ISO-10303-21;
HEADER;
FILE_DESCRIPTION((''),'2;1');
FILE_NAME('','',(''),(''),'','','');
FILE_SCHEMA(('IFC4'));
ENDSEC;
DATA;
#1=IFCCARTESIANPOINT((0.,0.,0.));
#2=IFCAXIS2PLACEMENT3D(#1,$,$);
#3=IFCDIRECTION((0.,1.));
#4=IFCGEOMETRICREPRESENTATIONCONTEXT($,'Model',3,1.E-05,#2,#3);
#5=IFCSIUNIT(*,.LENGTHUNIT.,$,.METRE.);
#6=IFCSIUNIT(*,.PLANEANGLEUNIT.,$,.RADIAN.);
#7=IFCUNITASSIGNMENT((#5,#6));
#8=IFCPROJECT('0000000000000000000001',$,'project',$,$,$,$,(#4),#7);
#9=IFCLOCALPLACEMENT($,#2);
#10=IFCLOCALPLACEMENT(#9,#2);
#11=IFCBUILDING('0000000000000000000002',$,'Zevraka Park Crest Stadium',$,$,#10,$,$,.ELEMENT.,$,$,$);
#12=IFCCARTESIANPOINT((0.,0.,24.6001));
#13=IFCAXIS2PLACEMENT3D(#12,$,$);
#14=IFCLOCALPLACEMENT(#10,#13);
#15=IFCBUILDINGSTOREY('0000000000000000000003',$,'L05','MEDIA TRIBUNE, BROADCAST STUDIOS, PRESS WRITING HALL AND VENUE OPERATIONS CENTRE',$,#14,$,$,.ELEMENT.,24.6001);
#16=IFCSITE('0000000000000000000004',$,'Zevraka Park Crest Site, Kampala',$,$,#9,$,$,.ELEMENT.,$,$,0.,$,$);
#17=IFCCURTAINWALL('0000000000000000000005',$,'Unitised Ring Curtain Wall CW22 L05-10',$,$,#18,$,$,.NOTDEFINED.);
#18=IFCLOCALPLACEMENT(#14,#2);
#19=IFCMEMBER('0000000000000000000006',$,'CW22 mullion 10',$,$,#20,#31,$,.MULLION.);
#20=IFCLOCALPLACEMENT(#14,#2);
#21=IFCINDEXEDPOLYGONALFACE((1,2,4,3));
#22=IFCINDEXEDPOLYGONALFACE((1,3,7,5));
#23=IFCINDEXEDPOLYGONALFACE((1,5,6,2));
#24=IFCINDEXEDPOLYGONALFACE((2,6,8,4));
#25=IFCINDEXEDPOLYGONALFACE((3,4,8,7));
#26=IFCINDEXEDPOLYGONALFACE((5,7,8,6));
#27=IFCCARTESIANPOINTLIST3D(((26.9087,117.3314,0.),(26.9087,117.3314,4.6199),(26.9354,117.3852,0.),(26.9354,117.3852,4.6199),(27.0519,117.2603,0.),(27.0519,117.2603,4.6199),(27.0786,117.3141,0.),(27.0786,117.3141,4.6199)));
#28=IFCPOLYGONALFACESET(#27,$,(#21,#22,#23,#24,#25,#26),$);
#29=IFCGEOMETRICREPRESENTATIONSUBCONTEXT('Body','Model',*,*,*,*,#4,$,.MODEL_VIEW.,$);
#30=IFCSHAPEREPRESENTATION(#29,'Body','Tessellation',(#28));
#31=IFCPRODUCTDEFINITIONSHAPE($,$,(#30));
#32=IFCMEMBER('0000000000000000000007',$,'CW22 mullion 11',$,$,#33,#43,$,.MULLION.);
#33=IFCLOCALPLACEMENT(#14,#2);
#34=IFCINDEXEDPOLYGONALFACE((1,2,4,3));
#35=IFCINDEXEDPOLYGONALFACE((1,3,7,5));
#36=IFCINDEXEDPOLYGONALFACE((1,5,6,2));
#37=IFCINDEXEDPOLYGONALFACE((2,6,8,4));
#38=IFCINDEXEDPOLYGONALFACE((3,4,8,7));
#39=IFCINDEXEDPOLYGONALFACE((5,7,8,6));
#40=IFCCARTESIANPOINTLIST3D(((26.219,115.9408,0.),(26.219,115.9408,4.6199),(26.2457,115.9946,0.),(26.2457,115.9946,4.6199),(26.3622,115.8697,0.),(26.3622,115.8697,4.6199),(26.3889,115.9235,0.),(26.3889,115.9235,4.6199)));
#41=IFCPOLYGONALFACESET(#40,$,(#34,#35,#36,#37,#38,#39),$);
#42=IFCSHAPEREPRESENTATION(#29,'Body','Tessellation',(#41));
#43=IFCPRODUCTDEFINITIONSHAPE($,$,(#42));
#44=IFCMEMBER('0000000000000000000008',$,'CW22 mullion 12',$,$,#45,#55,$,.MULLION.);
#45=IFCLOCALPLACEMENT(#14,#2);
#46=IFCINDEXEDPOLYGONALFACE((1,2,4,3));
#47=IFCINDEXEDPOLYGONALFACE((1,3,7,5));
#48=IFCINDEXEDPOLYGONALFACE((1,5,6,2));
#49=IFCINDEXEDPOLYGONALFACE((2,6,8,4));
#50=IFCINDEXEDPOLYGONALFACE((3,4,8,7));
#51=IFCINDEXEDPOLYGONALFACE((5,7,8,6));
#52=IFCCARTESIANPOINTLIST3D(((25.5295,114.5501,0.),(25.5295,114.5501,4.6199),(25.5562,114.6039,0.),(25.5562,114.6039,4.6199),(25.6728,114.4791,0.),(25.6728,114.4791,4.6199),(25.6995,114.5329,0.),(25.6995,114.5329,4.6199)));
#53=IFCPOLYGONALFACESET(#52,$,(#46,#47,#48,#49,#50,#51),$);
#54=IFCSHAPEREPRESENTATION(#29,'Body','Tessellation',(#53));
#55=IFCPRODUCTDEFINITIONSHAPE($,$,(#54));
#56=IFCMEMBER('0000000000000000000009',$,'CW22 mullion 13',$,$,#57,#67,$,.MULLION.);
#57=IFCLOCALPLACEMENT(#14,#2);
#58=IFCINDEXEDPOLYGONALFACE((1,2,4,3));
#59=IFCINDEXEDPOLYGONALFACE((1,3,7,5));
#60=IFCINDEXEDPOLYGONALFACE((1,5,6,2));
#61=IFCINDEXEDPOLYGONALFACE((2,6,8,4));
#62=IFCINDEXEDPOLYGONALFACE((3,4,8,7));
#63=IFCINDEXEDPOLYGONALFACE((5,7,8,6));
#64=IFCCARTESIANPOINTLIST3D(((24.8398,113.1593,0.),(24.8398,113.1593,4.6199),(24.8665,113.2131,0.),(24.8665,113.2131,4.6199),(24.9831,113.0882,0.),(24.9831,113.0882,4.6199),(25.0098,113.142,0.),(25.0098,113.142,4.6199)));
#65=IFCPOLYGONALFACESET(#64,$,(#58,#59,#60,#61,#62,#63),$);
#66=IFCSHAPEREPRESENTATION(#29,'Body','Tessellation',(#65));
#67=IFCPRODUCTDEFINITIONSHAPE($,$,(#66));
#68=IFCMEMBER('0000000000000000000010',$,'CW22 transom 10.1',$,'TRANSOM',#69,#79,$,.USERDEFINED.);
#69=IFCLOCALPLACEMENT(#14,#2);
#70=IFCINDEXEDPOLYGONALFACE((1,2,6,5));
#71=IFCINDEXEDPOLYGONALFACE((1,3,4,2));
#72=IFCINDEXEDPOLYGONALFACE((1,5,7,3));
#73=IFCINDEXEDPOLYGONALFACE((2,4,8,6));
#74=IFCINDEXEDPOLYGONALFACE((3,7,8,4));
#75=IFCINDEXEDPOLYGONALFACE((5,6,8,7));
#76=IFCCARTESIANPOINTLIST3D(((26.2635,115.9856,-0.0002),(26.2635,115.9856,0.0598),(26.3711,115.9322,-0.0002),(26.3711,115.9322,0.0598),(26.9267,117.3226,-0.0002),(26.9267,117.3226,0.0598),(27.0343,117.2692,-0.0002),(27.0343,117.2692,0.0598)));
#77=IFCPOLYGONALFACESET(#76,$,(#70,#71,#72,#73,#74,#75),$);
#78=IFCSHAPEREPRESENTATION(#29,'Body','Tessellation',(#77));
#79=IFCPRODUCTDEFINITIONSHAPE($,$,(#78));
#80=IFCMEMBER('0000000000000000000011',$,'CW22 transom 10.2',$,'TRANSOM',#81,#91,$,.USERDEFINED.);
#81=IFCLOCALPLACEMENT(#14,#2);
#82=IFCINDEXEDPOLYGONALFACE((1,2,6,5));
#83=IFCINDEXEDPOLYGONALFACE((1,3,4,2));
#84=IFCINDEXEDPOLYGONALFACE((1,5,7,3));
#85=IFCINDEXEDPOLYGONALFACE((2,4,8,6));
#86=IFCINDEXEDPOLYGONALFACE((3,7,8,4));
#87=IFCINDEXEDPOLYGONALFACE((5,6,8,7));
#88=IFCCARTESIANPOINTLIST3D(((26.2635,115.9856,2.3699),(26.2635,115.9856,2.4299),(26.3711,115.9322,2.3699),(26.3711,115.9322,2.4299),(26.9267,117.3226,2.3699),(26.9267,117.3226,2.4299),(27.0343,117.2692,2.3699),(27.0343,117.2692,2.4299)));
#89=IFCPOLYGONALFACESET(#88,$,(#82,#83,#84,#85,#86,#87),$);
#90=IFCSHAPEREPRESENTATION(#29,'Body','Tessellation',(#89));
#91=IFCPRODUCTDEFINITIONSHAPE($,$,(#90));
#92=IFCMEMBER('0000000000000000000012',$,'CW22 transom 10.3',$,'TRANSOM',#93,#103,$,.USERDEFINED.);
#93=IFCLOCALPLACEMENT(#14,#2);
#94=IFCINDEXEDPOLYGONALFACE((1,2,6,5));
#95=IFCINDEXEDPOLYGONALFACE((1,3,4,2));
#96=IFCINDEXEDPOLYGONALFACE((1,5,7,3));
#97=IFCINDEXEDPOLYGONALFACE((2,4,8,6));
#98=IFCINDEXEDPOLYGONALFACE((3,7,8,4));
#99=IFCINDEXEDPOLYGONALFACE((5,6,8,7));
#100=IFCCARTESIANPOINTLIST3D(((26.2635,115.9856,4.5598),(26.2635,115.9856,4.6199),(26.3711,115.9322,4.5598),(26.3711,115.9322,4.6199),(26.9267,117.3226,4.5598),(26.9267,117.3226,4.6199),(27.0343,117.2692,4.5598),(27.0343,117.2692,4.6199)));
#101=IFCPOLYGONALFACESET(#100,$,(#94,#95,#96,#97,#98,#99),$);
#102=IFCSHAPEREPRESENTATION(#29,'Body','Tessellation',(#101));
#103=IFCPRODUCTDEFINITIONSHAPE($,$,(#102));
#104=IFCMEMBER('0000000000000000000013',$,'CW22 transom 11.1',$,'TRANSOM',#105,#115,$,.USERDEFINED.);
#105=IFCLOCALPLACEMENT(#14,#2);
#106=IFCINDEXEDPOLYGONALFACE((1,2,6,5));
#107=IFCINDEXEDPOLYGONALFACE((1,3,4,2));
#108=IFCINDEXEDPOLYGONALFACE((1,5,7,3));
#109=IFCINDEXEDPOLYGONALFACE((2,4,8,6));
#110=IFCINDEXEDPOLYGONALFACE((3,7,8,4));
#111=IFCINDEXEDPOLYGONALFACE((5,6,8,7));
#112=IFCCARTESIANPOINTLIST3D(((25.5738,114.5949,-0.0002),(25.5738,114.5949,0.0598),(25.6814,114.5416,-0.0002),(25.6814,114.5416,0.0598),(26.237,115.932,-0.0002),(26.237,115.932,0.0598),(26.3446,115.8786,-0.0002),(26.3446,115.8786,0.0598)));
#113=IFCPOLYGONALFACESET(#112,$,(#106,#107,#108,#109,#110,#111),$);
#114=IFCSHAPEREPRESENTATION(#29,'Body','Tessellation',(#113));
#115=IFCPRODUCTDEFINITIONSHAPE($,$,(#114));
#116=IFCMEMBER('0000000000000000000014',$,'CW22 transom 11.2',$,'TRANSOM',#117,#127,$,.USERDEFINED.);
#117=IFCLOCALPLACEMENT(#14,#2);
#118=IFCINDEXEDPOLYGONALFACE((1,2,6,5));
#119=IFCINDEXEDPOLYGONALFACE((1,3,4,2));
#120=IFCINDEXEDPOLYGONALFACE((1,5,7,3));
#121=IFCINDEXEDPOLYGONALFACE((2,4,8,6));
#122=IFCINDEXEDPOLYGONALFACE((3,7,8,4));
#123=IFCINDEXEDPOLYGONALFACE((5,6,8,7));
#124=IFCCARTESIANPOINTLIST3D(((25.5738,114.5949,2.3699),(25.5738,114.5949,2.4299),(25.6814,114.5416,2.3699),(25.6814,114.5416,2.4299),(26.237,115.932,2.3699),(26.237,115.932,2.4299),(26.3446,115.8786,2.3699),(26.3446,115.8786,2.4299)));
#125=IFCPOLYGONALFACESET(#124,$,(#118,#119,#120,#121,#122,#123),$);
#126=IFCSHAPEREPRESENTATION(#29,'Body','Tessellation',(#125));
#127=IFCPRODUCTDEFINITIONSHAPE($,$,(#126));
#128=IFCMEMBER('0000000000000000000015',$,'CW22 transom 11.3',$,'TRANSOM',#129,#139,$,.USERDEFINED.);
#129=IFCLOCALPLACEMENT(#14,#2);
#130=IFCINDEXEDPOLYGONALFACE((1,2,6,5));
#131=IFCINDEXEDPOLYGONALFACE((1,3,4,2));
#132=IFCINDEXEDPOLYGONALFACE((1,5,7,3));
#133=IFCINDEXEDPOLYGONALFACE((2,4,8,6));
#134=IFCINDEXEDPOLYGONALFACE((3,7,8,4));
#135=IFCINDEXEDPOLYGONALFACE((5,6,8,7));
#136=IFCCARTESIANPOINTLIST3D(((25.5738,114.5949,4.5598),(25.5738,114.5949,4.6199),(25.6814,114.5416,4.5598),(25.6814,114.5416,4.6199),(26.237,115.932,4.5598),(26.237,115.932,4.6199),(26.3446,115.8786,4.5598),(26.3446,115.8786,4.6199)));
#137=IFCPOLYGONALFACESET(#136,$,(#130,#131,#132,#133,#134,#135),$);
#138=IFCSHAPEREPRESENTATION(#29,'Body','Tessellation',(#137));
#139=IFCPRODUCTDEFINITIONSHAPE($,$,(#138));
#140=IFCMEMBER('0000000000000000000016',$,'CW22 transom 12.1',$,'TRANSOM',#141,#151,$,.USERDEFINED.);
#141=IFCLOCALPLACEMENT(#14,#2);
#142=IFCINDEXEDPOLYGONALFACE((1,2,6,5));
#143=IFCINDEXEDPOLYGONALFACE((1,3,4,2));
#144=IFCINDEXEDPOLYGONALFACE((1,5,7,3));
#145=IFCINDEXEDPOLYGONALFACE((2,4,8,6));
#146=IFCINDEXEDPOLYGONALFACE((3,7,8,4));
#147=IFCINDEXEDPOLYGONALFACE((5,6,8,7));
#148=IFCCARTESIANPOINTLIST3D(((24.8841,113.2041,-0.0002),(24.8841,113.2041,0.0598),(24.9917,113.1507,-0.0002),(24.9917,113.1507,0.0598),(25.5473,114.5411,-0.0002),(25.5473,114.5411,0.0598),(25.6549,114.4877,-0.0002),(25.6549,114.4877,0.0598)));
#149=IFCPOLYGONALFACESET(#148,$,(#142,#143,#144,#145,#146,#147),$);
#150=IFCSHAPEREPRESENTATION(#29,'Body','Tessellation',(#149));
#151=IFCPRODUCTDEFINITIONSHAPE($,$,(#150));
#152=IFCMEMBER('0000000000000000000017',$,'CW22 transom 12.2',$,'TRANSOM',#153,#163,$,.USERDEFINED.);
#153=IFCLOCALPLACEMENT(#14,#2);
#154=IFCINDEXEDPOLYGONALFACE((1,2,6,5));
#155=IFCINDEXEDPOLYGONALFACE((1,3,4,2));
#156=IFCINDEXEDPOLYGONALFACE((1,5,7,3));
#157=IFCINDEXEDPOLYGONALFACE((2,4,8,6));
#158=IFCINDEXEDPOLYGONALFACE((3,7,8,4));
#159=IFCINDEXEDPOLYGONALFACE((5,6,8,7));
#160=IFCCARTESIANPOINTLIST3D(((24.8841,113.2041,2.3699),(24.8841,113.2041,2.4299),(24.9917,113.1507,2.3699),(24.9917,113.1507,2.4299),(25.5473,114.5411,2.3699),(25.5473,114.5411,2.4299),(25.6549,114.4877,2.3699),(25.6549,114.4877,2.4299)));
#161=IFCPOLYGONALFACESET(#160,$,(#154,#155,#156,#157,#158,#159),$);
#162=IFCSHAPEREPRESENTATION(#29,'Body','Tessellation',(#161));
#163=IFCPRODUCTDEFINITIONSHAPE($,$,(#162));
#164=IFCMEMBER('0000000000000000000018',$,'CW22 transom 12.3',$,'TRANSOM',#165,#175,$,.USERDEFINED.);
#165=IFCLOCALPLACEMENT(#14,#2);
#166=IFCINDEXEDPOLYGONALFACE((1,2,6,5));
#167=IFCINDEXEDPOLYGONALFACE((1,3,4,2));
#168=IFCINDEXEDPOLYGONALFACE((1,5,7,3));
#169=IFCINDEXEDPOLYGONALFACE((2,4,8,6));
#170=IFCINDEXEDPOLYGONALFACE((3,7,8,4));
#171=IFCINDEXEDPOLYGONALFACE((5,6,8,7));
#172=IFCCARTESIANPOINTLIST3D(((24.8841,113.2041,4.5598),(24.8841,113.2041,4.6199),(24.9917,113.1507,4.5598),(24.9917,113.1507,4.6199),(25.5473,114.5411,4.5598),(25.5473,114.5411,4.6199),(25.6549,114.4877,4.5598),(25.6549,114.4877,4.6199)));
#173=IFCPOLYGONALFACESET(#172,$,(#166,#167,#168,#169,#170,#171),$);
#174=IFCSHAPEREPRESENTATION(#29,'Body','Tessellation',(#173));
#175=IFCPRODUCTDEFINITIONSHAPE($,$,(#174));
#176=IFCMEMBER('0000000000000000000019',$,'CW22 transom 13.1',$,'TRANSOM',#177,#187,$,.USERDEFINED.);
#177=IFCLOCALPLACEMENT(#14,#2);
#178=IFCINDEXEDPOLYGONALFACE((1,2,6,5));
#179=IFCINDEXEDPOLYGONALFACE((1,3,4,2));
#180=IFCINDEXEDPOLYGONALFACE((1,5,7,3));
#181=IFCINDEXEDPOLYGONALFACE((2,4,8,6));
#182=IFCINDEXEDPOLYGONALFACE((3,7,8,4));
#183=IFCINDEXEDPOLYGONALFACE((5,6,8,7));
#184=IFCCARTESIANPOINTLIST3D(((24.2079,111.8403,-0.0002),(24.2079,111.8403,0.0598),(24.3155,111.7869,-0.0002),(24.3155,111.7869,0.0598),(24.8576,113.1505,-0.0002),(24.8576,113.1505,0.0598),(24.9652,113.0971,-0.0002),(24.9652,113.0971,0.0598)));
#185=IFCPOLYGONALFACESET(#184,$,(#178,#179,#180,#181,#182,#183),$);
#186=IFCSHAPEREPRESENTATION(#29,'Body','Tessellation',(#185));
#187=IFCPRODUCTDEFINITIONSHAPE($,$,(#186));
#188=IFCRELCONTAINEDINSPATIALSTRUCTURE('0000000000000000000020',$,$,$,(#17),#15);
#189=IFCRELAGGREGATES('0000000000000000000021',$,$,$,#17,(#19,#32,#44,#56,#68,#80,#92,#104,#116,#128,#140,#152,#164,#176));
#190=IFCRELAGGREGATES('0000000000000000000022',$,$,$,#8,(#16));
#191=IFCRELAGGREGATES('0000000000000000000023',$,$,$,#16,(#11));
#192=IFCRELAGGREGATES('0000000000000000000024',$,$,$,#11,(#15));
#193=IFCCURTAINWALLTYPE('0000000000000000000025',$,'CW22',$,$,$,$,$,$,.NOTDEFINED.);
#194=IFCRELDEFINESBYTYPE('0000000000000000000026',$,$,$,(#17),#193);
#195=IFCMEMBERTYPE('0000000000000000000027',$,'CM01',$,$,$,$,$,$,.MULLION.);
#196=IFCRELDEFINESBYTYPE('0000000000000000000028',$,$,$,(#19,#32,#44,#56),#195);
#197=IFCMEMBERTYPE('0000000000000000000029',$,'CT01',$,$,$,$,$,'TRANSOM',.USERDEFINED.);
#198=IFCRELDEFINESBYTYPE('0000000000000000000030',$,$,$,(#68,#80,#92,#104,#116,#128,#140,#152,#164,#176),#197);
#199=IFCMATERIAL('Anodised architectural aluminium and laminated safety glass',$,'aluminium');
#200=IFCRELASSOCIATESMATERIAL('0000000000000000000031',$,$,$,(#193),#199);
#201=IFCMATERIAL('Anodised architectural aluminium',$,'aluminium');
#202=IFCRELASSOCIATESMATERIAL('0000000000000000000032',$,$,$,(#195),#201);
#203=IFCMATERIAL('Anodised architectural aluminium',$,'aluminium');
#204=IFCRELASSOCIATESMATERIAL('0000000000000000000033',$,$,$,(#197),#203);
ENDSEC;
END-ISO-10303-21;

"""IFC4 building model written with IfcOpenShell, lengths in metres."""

from ifc_helpers import new_model, si_unit, direction, frame, origin, origin_2d, place, context, subcontext, project, spatial, rectangle, extrude, material, material_profile, profile_set, type_object, element, aggregate, save


model = new_model("IFC4")

# Units and contexts
model_context = context("Model", 3, precision=1e-05, world=origin(), true_north=direction((0.0, 1.0)))
body_context = subcontext(model_context, "Body", "Model", "MODEL_VIEW")
ifc_project = project(units=[si_unit("LENGTHUNIT", "METRE"), si_unit("PLANEANGLEUNIT", "RADIAN")], contexts=[model_context])

# Site, building, storey
site_placement = place(None, origin())
site = spatial("IfcSite", under=ifc_project, at=site_placement, Name="Zevraka Park Crest Site, Kampala", CompositionType="ELEMENT", RefElevation=0.0)
building_placement = place(site_placement, origin())
building = spatial("IfcBuilding", under=site, at=building_placement, Name="Zevraka Park Crest Stadium", CompositionType="ELEMENT")
storey_placement = place(building_placement, frame((0.0, 0.0, 24.6001)))
storey = spatial("IfcBuildingStorey", under=building, at=storey_placement, Name="L05", Description="MEDIA TRIBUNE, BROADCAST STUDIOS, PRESS WRITING HALL AND VENUE OPERATIONS CENTRE", CompositionType="ELEMENT", Elevation=24.6001)

# Curtain wall, members
ifc_material_1 = material(Name="Anodised architectural aluminium and laminated safety glass", Category="aluminium")
curtain_wall_type = type_object("IfcCurtainWallType", Name="CW22", PredefinedType="NOTDEFINED", material=ifc_material_1)
curtain_wall_placement = place(storey_placement, origin())
curtain_wall = element("IfcCurtainWall", 1, at=curtain_wall_placement, inside=storey, type_object=curtain_wall_type, Name="Unitised Ring Curtain Wall CW22 L05-10", PredefinedType="NOTDEFINED")
ifc_material_2 = material(Name="Anodised architectural aluminium", Category="aluminium")
ifc_material_profile_1 = material_profile(ifc_material_2, rectangle(XDim=0.1599, YDim=0.0601, at=origin_2d()), Name="ALU MULLION 160x60")
ifc_profile_set_1 = profile_set([ifc_material_profile_1], Name="Anodised architectural aluminium")
member_type_1 = type_object("IfcMemberType", Name="CM01", PredefinedType="MULLION", material=ifc_profile_set_1)
member_1_placement = place(storey_placement, frame((26.9937, 117.3228, 0.0), z_axis=(0.0, 0.0, 1.0), x_axis=(0.895879, -0.444297, 0.0)))
member_1 = element("IfcMember", 2, at=member_1_placement, type_object=member_type_1, Name="CW22 mullion 10", PredefinedType="MULLION", context=body_context, shape_type="SweptSolid", body=[
    extrude(rectangle(XDim=0.1599, YDim=0.0601, at=origin_2d()), origin(), (0.0, 0.0, 1.0), 4.6199),
])
member_2_placement = place(storey_placement, frame((26.304, 115.9321, 0.0), z_axis=(0.0, 0.0, 1.0), x_axis=(0.895879, -0.444297, 0.0)))
member_2 = element("IfcMember", 3, at=member_2_placement, type_object=member_type_1, Name="CW22 mullion 11", PredefinedType="MULLION", context=body_context, shape_type="SweptSolid", body=[
    extrude(rectangle(XDim=0.1599, YDim=0.0601, at=origin_2d()), origin(), (0.0, 0.0, 1.0), 4.6199),
])
member_3_placement = place(storey_placement, frame((25.6145, 114.5415, 0.0), z_axis=(0.0, 0.0, 1.0), x_axis=(0.895879, -0.444297, 0.0)))
member_3 = element("IfcMember", 4, at=member_3_placement, type_object=member_type_1, Name="CW22 mullion 12", PredefinedType="MULLION", context=body_context, shape_type="SweptSolid", body=[
    extrude(rectangle(XDim=0.1599, YDim=0.0601, at=origin_2d()), origin(), (0.0, 0.0, 1.0), 4.6199),
])
member_4_placement = place(storey_placement, frame((24.9248, 113.1506, 0.0), z_axis=(0.0, 0.0, 1.0), x_axis=(0.895879, -0.444297, 0.0)))
member_4 = element("IfcMember", 5, at=member_4_placement, type_object=member_type_1, Name="CW22 mullion 13", PredefinedType="MULLION", context=body_context, shape_type="SweptSolid", body=[
    extrude(rectangle(XDim=0.1599, YDim=0.0601, at=origin_2d()), origin(), (0.0, 0.0, 1.0), 4.6199),
])
ifc_material_3 = material(Name="Anodised architectural aluminium", Category="aluminium")
ifc_material_profile_2 = material_profile(ifc_material_3, rectangle(XDim=0.1201, YDim=0.0601, at=origin_2d()), Name="ALU TRANSOM 120x60")
ifc_profile_set_2 = profile_set([ifc_material_profile_2], Name="Anodised architectural aluminium")
member_type_2 = type_object("IfcMemberType", Name="CT01", ElementType="TRANSOM", PredefinedType="USERDEFINED", material=ifc_profile_set_2)
member_5_placement = place(storey_placement, frame((26.9805, 117.2959, 0.0298), z_axis=(-0.444332, -0.895862, 0.0), x_axis=(0.895862, -0.444332, 0.0)))
member_5 = element("IfcMember", 6, at=member_5_placement, type_object=member_type_2, Name="CW22 transom 10.1", ObjectType="TRANSOM", PredefinedType="USERDEFINED", context=body_context, shape_type="SweptSolid", body=[
    extrude(rectangle(XDim=0.1201, YDim=0.0601, at=origin_2d()), origin(), (0.0, 0.0, 1.0), 1.4924),
])
member_6_placement = place(storey_placement, frame((26.9805, 117.2959, 2.3999), z_axis=(-0.444332, -0.895862, 0.0), x_axis=(0.895862, -0.444332, 0.0)))
member_6 = element("IfcMember", 7, at=member_6_placement, type_object=member_type_2, Name="CW22 transom 10.2", ObjectType="TRANSOM", PredefinedType="USERDEFINED", context=body_context, shape_type="SweptSolid", body=[
    extrude(rectangle(XDim=0.1201, YDim=0.0601, at=origin_2d()), origin(), (0.0, 0.0, 1.0), 1.4924),
])
member_7_placement = place(storey_placement, frame((26.9805, 117.2959, 4.5898), z_axis=(-0.444332, -0.895862, 0.0), x_axis=(0.895862, -0.444332, 0.0)))
member_7 = element("IfcMember", 8, at=member_7_placement, type_object=member_type_2, Name="CW22 transom 10.3", ObjectType="TRANSOM", PredefinedType="USERDEFINED", context=body_context, shape_type="SweptSolid", body=[
    extrude(rectangle(XDim=0.1201, YDim=0.0601, at=origin_2d()), origin(), (0.0, 0.0, 1.0), 1.4924),
])
member_8_placement = place(storey_placement, frame((26.2908, 115.9053, 0.0298), z_axis=(-0.444332, -0.895862, 0.0), x_axis=(0.895862, -0.444332, 0.0)))
member_8 = element("IfcMember", 9, at=member_8_placement, type_object=member_type_2, Name="CW22 transom 11.1", ObjectType="TRANSOM", PredefinedType="USERDEFINED", context=body_context, shape_type="SweptSolid", body=[
    extrude(rectangle(XDim=0.1201, YDim=0.0601, at=origin_2d()), origin(), (0.0, 0.0, 1.0), 1.4924),
])
member_9_placement = place(storey_placement, frame((26.2908, 115.9053, 2.3999), z_axis=(-0.444332, -0.895862, 0.0), x_axis=(0.895862, -0.444332, 0.0)))
member_9 = element("IfcMember", 10, at=member_9_placement, type_object=member_type_2, Name="CW22 transom 11.2", ObjectType="TRANSOM", PredefinedType="USERDEFINED", context=body_context, shape_type="SweptSolid", body=[
    extrude(rectangle(XDim=0.1201, YDim=0.0601, at=origin_2d()), origin(), (0.0, 0.0, 1.0), 1.4924),
])
member_10_placement = place(storey_placement, frame((26.2908, 115.9053, 4.5898), z_axis=(-0.444332, -0.895862, 0.0), x_axis=(0.895862, -0.444332, 0.0)))
member_10 = element("IfcMember", 11, at=member_10_placement, type_object=member_type_2, Name="CW22 transom 11.3", ObjectType="TRANSOM", PredefinedType="USERDEFINED", context=body_context, shape_type="SweptSolid", body=[
    extrude(rectangle(XDim=0.1201, YDim=0.0601, at=origin_2d()), origin(), (0.0, 0.0, 1.0), 1.4924),
])
member_11_placement = place(storey_placement, frame((25.6011, 114.5144, 0.0298), z_axis=(-0.444332, -0.895862, 0.0), x_axis=(0.895862, -0.444332, 0.0)))
member_11 = element("IfcMember", 12, at=member_11_placement, type_object=member_type_2, Name="CW22 transom 12.1", ObjectType="TRANSOM", PredefinedType="USERDEFINED", context=body_context, shape_type="SweptSolid", body=[
    extrude(rectangle(XDim=0.1201, YDim=0.0601, at=origin_2d()), origin(), (0.0, 0.0, 1.0), 1.4924),
])
member_12_placement = place(storey_placement, frame((25.6011, 114.5144, 2.3999), z_axis=(-0.444332, -0.895862, 0.0), x_axis=(0.895862, -0.444332, 0.0)))
member_12 = element("IfcMember", 13, at=member_12_placement, type_object=member_type_2, Name="CW22 transom 12.2", ObjectType="TRANSOM", PredefinedType="USERDEFINED", context=body_context, shape_type="SweptSolid", body=[
    extrude(rectangle(XDim=0.1201, YDim=0.0601, at=origin_2d()), origin(), (0.0, 0.0, 1.0), 1.4924),
])
member_13_placement = place(storey_placement, frame((25.6011, 114.5144, 4.5898), z_axis=(-0.444332, -0.895862, 0.0), x_axis=(0.895862, -0.444332, 0.0)))
member_13 = element("IfcMember", 14, at=member_13_placement, type_object=member_type_2, Name="CW22 transom 12.3", ObjectType="TRANSOM", PredefinedType="USERDEFINED", context=body_context, shape_type="SweptSolid", body=[
    extrude(rectangle(XDim=0.1201, YDim=0.0601, at=origin_2d()), origin(), (0.0, 0.0, 1.0), 1.4924),
])
member_14_placement = place(storey_placement, frame((24.9114, 113.1238, 0.0298), z_axis=(-0.444273, -0.895892, 0.0), x_axis=(0.895892, -0.444273, 0.0)))
member_14 = element("IfcMember", 15, at=member_14_placement, type_object=member_type_2, Name="CW22 transom 13.1", ObjectType="TRANSOM", PredefinedType="USERDEFINED", context=body_context, shape_type="SweptSolid", body=[
    extrude(rectangle(XDim=0.1201, YDim=0.0601, at=origin_2d()), origin(), (0.0, 0.0, 1.0), 1.4624),
])
aggregate(curtain_wall, [member_1, member_2, member_3, member_4, member_5, member_6, member_7, member_8, member_9, member_10, member_11, member_12, member_13, member_14])

save(model, "model.ifc")
